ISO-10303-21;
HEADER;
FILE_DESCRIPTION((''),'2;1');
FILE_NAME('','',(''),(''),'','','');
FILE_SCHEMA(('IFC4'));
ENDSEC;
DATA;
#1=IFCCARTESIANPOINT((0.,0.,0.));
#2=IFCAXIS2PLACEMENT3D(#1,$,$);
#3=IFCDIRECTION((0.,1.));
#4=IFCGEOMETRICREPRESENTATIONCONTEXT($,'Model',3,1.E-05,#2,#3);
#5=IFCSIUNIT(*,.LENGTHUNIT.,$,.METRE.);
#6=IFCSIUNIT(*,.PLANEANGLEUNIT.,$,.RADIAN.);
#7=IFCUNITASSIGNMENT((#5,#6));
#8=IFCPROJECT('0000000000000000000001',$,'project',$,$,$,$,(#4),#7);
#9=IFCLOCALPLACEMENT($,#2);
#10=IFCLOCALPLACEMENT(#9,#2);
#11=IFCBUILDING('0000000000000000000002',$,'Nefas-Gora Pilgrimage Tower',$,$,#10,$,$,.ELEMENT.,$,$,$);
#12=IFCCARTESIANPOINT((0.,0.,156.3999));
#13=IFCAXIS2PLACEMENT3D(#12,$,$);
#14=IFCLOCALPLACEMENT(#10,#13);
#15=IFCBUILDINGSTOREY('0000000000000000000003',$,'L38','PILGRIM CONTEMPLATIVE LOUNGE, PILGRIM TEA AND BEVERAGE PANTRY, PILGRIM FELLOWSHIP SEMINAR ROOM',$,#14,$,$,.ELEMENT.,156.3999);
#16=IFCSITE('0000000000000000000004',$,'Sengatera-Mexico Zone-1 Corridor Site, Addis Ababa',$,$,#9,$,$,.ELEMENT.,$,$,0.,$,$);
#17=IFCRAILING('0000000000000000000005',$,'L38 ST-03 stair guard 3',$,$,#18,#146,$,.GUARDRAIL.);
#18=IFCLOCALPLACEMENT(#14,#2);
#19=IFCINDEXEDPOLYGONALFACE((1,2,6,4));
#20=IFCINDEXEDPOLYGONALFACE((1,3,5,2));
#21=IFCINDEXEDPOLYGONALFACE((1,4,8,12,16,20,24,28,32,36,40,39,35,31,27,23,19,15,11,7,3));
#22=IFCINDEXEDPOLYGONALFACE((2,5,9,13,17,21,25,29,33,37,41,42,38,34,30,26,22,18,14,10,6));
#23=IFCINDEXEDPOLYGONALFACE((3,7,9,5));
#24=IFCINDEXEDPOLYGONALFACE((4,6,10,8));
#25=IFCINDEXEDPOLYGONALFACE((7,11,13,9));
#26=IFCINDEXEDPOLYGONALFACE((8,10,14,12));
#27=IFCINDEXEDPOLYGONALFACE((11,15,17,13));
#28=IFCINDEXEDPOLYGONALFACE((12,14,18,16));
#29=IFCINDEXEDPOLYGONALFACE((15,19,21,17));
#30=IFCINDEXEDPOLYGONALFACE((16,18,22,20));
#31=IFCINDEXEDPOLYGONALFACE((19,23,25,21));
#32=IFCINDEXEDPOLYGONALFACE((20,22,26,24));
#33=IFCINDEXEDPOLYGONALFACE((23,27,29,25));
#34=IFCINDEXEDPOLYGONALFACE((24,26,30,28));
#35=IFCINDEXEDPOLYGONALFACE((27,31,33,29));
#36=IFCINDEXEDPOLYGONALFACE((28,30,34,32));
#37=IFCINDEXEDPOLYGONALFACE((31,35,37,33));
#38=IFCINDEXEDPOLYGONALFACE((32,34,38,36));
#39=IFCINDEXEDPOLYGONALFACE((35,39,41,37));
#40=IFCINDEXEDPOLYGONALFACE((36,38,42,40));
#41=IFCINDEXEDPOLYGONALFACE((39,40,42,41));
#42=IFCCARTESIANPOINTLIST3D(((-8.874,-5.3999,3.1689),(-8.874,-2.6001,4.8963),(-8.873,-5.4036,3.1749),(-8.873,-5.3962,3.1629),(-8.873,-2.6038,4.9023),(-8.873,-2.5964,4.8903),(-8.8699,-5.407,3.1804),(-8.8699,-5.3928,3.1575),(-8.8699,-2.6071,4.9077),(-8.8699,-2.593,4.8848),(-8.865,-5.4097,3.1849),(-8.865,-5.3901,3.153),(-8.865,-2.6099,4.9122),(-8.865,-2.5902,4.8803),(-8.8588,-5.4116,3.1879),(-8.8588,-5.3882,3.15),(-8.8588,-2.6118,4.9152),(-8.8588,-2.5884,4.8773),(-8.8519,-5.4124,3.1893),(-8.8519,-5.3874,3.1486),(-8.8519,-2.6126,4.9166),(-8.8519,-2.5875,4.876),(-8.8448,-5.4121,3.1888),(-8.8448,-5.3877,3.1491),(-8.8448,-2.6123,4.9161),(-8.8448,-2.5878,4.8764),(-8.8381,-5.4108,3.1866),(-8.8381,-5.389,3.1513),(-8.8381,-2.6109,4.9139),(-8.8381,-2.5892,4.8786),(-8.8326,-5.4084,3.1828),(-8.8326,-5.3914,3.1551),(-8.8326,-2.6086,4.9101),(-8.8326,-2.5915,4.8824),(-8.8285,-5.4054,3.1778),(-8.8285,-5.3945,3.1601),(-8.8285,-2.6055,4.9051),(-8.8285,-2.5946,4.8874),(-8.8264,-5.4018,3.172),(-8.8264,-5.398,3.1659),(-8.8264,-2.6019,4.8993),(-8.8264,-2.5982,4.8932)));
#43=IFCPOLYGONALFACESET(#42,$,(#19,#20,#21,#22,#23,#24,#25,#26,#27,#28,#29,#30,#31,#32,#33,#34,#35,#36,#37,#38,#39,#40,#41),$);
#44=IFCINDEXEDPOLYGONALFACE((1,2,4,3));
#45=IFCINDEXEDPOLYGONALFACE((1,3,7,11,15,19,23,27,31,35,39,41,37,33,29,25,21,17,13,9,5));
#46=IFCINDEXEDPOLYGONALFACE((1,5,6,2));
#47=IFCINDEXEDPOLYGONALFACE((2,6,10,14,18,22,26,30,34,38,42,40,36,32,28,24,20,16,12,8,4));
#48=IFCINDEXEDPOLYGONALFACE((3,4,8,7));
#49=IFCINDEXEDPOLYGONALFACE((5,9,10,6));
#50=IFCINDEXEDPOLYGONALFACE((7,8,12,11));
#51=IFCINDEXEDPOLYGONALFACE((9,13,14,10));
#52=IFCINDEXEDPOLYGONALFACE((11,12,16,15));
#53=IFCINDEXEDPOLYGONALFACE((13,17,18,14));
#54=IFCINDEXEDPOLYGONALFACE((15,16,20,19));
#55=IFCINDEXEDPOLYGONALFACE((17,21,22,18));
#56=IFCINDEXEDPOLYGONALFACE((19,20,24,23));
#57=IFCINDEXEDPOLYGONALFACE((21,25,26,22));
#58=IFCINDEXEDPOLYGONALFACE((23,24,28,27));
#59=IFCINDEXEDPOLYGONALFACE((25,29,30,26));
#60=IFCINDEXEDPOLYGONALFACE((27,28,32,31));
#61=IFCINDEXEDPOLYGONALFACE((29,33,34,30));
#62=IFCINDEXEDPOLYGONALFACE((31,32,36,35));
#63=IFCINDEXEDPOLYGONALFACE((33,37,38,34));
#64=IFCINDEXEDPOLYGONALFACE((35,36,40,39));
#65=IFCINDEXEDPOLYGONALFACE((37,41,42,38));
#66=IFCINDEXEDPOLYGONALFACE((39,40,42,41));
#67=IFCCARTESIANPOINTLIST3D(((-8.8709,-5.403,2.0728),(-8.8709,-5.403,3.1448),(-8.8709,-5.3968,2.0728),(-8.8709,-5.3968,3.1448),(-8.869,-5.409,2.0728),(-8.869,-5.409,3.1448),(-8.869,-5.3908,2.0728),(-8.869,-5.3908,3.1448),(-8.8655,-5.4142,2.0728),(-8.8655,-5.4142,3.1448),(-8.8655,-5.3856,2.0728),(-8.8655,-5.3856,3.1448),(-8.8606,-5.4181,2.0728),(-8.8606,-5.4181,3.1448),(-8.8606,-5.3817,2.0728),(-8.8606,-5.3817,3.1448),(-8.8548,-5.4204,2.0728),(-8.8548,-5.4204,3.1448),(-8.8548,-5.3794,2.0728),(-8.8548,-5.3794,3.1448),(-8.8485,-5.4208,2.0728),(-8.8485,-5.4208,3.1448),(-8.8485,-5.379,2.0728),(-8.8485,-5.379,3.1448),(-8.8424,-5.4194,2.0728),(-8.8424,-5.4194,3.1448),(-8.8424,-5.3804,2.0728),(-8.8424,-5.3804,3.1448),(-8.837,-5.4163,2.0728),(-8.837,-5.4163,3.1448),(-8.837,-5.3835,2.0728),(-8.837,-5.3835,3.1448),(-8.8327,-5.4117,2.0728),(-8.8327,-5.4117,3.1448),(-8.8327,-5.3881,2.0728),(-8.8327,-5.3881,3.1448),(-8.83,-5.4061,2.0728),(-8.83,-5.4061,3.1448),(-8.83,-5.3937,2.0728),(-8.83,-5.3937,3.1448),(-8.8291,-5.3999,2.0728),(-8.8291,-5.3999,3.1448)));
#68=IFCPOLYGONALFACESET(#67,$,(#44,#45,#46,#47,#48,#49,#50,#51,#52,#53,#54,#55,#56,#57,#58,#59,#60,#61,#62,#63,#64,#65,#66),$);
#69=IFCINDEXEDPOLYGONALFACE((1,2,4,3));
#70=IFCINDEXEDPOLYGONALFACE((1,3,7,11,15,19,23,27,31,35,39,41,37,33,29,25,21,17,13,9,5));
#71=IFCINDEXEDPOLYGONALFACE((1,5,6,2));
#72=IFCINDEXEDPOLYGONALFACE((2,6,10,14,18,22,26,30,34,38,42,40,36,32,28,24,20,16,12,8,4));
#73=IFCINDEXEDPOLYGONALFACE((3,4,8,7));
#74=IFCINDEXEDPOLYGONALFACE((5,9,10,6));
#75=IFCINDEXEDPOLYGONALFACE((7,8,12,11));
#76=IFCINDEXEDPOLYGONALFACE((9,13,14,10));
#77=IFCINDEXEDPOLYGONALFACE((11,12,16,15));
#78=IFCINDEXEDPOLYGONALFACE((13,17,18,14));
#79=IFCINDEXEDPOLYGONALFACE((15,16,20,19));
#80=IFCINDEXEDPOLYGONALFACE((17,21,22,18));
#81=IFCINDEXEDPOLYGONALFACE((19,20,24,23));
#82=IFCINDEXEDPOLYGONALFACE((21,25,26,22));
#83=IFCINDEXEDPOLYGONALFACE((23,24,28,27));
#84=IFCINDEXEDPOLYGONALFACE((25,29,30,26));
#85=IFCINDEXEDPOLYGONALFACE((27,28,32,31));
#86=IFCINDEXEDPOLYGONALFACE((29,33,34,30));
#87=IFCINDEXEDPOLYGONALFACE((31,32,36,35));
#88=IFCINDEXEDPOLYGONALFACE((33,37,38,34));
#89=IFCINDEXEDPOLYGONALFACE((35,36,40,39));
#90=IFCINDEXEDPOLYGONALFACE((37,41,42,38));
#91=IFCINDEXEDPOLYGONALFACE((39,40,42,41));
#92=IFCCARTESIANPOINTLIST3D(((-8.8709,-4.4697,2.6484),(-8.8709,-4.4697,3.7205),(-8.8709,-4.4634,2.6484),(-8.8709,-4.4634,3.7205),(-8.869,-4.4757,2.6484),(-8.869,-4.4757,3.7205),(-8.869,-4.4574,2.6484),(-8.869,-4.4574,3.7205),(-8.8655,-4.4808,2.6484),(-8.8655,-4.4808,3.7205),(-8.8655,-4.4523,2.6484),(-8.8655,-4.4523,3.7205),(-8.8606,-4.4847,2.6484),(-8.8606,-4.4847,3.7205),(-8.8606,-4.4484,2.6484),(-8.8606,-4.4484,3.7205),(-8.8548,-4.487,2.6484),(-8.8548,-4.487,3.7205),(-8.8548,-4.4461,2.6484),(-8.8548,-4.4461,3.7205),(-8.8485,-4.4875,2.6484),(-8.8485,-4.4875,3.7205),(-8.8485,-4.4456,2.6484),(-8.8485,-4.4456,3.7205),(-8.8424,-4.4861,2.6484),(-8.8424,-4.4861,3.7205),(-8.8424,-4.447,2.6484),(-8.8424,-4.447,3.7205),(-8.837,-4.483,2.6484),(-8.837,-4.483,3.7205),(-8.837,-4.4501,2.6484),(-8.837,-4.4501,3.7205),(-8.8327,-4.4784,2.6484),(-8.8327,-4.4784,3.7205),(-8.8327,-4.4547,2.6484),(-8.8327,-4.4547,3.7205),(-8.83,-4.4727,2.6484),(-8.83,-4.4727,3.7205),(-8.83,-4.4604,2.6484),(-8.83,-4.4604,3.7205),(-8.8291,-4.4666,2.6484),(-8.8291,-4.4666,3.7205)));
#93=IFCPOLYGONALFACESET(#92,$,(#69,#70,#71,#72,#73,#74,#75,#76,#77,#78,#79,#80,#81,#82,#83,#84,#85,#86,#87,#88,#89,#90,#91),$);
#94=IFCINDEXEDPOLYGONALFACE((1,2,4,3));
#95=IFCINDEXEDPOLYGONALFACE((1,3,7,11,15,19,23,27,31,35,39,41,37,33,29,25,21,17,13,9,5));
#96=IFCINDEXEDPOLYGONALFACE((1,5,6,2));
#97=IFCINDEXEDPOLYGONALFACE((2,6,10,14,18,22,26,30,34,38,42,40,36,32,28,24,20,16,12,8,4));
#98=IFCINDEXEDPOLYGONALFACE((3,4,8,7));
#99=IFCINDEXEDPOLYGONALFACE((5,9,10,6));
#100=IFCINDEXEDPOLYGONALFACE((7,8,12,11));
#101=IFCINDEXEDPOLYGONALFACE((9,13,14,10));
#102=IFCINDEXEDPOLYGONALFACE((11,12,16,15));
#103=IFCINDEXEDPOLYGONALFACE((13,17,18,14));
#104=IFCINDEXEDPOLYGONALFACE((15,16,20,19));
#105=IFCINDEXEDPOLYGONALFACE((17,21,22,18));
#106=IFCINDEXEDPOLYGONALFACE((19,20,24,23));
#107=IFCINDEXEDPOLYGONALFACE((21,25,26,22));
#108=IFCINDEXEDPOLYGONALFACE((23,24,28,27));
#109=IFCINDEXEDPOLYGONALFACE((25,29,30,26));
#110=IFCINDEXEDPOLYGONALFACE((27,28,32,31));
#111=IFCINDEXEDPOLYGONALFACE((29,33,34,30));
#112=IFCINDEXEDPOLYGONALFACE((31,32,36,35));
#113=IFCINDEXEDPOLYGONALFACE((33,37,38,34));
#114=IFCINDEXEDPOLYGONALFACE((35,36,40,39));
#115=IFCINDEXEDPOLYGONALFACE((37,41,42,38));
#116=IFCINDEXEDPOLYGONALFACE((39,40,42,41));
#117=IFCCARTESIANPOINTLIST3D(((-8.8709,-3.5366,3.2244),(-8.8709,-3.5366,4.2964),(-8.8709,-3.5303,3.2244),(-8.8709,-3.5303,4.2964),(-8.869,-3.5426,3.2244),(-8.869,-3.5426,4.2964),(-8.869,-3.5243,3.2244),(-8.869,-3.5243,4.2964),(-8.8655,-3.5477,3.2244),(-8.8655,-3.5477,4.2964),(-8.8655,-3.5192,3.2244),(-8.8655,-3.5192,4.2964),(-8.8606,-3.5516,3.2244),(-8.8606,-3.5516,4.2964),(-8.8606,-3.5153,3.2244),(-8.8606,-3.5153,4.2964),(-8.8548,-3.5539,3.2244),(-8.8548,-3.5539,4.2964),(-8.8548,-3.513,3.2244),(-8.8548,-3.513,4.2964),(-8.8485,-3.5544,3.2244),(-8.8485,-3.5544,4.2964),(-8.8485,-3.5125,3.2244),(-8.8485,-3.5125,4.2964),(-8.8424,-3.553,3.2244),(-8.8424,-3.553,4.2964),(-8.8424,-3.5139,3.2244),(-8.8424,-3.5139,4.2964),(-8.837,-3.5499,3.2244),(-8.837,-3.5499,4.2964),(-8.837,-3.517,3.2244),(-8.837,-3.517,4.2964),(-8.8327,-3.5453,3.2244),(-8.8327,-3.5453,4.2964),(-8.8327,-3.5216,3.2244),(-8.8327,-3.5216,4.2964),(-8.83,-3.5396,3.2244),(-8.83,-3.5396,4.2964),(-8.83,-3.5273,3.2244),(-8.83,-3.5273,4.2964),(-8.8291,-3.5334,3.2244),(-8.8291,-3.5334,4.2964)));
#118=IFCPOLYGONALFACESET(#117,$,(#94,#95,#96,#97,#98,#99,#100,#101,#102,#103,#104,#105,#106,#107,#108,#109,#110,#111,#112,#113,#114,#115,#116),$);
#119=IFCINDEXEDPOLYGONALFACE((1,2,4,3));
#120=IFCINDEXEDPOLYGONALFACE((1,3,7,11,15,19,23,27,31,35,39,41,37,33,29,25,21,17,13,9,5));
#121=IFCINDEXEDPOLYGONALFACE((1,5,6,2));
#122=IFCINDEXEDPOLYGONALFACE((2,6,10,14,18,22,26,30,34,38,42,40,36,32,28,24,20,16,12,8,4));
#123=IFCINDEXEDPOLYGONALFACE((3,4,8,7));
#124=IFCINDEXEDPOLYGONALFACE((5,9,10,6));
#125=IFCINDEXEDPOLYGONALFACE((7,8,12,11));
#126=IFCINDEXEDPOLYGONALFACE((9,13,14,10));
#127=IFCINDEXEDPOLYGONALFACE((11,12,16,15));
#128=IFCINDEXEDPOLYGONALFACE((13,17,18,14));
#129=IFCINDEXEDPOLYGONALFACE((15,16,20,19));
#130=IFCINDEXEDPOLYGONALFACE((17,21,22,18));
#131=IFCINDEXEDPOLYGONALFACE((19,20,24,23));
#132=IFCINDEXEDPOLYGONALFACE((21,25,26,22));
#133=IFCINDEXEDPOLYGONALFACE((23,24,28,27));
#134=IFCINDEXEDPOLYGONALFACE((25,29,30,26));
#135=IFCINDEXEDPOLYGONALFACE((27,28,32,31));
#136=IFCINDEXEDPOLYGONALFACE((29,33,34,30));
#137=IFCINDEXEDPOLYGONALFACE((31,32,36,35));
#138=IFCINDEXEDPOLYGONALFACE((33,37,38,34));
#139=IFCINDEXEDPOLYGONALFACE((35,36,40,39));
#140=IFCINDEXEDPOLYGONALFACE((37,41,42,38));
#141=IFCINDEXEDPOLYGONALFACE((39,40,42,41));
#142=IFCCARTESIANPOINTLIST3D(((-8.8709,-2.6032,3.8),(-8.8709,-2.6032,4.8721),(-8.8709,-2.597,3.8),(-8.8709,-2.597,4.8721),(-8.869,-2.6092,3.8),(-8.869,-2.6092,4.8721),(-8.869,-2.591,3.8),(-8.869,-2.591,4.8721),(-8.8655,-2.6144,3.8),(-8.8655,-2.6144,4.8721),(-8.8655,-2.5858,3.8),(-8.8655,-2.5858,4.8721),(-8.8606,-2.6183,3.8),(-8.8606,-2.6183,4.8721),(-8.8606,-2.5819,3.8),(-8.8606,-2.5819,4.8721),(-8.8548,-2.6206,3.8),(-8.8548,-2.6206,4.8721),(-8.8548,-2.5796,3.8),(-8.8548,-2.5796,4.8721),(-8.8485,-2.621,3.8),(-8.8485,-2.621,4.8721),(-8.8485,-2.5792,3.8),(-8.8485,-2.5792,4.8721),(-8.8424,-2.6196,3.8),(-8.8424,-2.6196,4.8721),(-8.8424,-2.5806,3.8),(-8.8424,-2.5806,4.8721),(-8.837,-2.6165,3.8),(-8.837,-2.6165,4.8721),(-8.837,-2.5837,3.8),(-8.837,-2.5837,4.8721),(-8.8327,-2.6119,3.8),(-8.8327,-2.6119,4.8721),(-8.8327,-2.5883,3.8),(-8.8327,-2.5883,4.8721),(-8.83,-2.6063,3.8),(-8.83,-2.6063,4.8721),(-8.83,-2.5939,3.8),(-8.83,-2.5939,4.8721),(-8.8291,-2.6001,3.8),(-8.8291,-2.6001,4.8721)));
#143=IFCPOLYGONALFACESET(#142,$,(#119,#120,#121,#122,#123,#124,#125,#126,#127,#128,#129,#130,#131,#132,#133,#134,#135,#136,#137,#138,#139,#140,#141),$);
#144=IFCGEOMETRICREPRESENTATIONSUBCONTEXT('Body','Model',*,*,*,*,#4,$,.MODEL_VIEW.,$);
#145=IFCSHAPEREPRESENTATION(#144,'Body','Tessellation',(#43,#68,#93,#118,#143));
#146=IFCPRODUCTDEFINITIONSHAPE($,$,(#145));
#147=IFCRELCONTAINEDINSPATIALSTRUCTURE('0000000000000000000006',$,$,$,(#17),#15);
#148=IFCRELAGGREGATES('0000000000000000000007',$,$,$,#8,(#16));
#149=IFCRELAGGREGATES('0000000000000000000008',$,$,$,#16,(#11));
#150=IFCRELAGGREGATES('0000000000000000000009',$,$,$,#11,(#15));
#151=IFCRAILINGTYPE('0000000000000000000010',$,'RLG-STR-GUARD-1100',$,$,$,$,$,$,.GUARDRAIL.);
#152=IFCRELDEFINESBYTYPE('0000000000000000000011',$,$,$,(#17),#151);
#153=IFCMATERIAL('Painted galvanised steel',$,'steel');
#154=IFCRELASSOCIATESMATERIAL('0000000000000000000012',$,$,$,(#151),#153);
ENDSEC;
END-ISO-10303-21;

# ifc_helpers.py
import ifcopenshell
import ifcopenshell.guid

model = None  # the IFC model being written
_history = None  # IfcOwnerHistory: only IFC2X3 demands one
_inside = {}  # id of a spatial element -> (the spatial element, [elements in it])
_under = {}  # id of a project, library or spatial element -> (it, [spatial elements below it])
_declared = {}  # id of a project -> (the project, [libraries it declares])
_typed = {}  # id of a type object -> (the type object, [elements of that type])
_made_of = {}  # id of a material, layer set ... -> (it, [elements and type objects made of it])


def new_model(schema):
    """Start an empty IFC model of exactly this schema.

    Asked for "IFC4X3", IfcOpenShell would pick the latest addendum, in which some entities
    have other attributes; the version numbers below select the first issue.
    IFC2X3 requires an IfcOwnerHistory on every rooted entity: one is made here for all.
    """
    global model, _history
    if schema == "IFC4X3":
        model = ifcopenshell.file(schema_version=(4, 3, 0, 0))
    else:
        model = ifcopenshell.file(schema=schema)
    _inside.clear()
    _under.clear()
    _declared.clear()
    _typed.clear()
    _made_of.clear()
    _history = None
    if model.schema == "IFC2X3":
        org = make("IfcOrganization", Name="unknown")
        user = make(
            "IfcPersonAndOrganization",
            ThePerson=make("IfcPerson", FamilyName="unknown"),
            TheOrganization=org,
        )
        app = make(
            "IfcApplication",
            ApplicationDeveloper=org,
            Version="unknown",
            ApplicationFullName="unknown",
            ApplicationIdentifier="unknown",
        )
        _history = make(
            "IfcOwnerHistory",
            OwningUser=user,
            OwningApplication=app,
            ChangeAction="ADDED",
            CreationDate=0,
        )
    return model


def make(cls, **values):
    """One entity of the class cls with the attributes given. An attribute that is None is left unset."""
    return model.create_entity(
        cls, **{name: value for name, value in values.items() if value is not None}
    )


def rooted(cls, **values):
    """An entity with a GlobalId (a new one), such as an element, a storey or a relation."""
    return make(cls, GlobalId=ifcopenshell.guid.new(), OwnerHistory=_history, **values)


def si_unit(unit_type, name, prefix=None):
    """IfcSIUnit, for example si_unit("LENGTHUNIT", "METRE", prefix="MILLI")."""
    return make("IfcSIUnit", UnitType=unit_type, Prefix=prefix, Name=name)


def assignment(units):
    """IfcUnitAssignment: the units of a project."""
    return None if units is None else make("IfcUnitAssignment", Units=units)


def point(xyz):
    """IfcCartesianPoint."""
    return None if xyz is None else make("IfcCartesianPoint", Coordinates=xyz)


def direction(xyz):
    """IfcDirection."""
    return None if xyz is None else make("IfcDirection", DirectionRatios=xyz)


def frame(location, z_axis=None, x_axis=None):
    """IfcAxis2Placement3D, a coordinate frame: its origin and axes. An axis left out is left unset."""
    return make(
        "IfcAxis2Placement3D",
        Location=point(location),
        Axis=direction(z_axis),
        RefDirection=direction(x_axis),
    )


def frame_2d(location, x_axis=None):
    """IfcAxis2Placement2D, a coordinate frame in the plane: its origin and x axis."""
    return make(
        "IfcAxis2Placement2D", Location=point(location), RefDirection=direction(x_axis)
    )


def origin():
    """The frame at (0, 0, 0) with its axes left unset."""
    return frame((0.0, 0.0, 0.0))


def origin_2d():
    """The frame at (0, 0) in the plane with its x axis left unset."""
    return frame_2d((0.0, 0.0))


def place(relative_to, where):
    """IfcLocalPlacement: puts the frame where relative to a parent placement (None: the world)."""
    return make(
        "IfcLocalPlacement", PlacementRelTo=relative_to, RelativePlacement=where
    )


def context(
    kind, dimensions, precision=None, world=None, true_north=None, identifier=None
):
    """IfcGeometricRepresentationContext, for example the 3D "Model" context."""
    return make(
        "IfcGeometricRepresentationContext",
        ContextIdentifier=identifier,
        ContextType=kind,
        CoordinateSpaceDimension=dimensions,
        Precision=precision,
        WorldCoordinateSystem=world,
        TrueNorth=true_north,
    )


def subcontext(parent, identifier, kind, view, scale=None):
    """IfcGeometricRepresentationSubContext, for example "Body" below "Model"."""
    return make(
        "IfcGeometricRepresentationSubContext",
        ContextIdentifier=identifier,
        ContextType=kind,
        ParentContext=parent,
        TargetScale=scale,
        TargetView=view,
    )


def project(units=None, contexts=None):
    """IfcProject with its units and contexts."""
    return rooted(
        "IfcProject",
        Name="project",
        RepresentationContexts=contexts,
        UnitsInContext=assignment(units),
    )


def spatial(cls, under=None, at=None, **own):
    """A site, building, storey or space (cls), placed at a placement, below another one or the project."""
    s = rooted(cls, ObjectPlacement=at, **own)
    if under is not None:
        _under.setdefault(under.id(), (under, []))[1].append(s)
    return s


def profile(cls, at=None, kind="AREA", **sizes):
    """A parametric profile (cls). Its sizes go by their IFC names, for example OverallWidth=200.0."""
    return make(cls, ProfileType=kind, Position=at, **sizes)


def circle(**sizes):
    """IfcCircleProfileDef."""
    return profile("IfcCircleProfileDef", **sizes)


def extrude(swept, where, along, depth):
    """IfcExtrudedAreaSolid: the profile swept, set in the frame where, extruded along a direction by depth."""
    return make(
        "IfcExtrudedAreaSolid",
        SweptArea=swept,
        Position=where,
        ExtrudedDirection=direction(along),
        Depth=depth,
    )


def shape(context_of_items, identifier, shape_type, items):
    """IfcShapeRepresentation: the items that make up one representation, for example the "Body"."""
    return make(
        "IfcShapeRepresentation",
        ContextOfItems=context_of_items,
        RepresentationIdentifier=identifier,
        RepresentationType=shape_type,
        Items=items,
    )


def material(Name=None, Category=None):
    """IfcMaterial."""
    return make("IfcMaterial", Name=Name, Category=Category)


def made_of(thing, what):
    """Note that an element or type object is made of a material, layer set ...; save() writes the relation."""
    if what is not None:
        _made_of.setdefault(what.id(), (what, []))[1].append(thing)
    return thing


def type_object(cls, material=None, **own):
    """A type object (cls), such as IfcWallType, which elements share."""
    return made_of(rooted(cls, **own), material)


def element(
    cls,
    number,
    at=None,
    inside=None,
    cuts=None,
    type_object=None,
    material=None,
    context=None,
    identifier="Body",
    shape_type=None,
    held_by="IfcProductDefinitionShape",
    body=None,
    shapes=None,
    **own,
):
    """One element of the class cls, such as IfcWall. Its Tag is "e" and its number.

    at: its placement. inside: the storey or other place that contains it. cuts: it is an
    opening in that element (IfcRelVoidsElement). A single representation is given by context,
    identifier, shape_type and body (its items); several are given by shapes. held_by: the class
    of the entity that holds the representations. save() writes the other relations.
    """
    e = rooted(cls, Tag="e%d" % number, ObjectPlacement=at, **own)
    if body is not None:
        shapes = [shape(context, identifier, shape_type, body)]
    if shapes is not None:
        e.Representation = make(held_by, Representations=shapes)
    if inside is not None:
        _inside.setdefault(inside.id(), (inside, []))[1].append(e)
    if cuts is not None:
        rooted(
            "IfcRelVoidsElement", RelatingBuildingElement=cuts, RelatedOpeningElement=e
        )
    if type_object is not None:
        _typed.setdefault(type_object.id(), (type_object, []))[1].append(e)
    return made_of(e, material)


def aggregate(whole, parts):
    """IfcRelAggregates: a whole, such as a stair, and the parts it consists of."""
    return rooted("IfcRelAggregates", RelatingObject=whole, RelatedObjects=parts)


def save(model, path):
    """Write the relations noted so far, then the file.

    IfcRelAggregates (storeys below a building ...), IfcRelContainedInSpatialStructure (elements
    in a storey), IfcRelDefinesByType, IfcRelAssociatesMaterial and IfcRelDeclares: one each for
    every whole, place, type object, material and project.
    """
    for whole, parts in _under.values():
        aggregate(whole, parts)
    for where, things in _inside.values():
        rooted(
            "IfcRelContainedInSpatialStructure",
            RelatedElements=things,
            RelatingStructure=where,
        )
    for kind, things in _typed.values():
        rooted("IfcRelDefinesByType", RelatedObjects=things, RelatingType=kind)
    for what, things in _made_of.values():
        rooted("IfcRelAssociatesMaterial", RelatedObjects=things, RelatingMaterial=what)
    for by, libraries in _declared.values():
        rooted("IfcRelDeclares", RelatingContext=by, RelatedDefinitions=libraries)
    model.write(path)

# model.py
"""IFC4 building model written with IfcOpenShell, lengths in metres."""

from ifc_helpers import new_model, si_unit, direction, frame, origin, origin_2d, place, context, subcontext, project, spatial, circle, extrude, material, type_object, element, save


model = new_model("IFC4")

# Units and contexts
model_context = context("Model", 3, precision=1e-05, world=origin(), true_north=direction((0.0, 1.0)))
body_context = subcontext(model_context, "Body", "Model", "MODEL_VIEW")
ifc_project = project(units=[si_unit("LENGTHUNIT", "METRE"), si_unit("PLANEANGLEUNIT", "RADIAN")], contexts=[model_context])

# Site, building, storey
site_placement = place(None, origin())
site = spatial("IfcSite", under=ifc_project, at=site_placement, Name="Sengatera-Mexico Zone-1 Corridor Site, Addis Ababa", CompositionType="ELEMENT", RefElevation=0.0)
building_placement = place(site_placement, origin())
building = spatial("IfcBuilding", under=site, at=building_placement, Name="Nefas-Gora Pilgrimage Tower", CompositionType="ELEMENT")
storey_placement = place(building_placement, frame((0.0, 0.0, 156.3999)))
storey = spatial("IfcBuildingStorey", under=building, at=storey_placement, Name="L38", Description="PILGRIM CONTEMPLATIVE LOUNGE, PILGRIM TEA AND BEVERAGE PANTRY, PILGRIM FELLOWSHIP SEMINAR ROOM", CompositionType="ELEMENT", Elevation=156.3999)

# Railing
ifc_material_1 = material(Name="Painted galvanised steel", Category="steel")
railing_type_1 = type_object("IfcRailingType", Name="RLG-STR-GUARD-1100", PredefinedType="GUARDRAIL", material=ifc_material_1)
railing_1_placement = place(storey_placement, frame((-8.8501, -5.3999, 2.0728)))
element("IfcRailing", 1, at=railing_1_placement, inside=storey, type_object=railing_type_1, Name="L38 ST-03 stair guard 3", PredefinedType="GUARDRAIL", context=body_context, shape_type="SweptSolid", body=[
    extrude(circle(Radius=0.0239, at=origin_2d()), frame((0.0, 0.0, 1.0962), z_axis=(0.0, 0.851069, 0.525054), x_axis=(-1.0, 0.0, 0.0)), (0.0, 0.0, 1.0), 3.2898),
    extrude(circle(Radius=0.021, at=origin_2d()), origin(), (0.0, 0.0, 1.0), 1.072),
    extrude(circle(Radius=0.021, at=origin_2d()), frame((0.0, 0.9333, 0.5757)), (0.0, 0.0, 1.0), 1.072),
    extrude(circle(Radius=0.021, at=origin_2d()), frame((0.0, 1.8665, 1.1516)), (0.0, 0.0, 1.0), 1.072),
    extrude(circle(Radius=0.021, at=origin_2d()), frame((0.0, 2.7998, 1.7273)), (0.0, 0.0, 1.0), 1.072),
])

save(model, "model.ifc")
